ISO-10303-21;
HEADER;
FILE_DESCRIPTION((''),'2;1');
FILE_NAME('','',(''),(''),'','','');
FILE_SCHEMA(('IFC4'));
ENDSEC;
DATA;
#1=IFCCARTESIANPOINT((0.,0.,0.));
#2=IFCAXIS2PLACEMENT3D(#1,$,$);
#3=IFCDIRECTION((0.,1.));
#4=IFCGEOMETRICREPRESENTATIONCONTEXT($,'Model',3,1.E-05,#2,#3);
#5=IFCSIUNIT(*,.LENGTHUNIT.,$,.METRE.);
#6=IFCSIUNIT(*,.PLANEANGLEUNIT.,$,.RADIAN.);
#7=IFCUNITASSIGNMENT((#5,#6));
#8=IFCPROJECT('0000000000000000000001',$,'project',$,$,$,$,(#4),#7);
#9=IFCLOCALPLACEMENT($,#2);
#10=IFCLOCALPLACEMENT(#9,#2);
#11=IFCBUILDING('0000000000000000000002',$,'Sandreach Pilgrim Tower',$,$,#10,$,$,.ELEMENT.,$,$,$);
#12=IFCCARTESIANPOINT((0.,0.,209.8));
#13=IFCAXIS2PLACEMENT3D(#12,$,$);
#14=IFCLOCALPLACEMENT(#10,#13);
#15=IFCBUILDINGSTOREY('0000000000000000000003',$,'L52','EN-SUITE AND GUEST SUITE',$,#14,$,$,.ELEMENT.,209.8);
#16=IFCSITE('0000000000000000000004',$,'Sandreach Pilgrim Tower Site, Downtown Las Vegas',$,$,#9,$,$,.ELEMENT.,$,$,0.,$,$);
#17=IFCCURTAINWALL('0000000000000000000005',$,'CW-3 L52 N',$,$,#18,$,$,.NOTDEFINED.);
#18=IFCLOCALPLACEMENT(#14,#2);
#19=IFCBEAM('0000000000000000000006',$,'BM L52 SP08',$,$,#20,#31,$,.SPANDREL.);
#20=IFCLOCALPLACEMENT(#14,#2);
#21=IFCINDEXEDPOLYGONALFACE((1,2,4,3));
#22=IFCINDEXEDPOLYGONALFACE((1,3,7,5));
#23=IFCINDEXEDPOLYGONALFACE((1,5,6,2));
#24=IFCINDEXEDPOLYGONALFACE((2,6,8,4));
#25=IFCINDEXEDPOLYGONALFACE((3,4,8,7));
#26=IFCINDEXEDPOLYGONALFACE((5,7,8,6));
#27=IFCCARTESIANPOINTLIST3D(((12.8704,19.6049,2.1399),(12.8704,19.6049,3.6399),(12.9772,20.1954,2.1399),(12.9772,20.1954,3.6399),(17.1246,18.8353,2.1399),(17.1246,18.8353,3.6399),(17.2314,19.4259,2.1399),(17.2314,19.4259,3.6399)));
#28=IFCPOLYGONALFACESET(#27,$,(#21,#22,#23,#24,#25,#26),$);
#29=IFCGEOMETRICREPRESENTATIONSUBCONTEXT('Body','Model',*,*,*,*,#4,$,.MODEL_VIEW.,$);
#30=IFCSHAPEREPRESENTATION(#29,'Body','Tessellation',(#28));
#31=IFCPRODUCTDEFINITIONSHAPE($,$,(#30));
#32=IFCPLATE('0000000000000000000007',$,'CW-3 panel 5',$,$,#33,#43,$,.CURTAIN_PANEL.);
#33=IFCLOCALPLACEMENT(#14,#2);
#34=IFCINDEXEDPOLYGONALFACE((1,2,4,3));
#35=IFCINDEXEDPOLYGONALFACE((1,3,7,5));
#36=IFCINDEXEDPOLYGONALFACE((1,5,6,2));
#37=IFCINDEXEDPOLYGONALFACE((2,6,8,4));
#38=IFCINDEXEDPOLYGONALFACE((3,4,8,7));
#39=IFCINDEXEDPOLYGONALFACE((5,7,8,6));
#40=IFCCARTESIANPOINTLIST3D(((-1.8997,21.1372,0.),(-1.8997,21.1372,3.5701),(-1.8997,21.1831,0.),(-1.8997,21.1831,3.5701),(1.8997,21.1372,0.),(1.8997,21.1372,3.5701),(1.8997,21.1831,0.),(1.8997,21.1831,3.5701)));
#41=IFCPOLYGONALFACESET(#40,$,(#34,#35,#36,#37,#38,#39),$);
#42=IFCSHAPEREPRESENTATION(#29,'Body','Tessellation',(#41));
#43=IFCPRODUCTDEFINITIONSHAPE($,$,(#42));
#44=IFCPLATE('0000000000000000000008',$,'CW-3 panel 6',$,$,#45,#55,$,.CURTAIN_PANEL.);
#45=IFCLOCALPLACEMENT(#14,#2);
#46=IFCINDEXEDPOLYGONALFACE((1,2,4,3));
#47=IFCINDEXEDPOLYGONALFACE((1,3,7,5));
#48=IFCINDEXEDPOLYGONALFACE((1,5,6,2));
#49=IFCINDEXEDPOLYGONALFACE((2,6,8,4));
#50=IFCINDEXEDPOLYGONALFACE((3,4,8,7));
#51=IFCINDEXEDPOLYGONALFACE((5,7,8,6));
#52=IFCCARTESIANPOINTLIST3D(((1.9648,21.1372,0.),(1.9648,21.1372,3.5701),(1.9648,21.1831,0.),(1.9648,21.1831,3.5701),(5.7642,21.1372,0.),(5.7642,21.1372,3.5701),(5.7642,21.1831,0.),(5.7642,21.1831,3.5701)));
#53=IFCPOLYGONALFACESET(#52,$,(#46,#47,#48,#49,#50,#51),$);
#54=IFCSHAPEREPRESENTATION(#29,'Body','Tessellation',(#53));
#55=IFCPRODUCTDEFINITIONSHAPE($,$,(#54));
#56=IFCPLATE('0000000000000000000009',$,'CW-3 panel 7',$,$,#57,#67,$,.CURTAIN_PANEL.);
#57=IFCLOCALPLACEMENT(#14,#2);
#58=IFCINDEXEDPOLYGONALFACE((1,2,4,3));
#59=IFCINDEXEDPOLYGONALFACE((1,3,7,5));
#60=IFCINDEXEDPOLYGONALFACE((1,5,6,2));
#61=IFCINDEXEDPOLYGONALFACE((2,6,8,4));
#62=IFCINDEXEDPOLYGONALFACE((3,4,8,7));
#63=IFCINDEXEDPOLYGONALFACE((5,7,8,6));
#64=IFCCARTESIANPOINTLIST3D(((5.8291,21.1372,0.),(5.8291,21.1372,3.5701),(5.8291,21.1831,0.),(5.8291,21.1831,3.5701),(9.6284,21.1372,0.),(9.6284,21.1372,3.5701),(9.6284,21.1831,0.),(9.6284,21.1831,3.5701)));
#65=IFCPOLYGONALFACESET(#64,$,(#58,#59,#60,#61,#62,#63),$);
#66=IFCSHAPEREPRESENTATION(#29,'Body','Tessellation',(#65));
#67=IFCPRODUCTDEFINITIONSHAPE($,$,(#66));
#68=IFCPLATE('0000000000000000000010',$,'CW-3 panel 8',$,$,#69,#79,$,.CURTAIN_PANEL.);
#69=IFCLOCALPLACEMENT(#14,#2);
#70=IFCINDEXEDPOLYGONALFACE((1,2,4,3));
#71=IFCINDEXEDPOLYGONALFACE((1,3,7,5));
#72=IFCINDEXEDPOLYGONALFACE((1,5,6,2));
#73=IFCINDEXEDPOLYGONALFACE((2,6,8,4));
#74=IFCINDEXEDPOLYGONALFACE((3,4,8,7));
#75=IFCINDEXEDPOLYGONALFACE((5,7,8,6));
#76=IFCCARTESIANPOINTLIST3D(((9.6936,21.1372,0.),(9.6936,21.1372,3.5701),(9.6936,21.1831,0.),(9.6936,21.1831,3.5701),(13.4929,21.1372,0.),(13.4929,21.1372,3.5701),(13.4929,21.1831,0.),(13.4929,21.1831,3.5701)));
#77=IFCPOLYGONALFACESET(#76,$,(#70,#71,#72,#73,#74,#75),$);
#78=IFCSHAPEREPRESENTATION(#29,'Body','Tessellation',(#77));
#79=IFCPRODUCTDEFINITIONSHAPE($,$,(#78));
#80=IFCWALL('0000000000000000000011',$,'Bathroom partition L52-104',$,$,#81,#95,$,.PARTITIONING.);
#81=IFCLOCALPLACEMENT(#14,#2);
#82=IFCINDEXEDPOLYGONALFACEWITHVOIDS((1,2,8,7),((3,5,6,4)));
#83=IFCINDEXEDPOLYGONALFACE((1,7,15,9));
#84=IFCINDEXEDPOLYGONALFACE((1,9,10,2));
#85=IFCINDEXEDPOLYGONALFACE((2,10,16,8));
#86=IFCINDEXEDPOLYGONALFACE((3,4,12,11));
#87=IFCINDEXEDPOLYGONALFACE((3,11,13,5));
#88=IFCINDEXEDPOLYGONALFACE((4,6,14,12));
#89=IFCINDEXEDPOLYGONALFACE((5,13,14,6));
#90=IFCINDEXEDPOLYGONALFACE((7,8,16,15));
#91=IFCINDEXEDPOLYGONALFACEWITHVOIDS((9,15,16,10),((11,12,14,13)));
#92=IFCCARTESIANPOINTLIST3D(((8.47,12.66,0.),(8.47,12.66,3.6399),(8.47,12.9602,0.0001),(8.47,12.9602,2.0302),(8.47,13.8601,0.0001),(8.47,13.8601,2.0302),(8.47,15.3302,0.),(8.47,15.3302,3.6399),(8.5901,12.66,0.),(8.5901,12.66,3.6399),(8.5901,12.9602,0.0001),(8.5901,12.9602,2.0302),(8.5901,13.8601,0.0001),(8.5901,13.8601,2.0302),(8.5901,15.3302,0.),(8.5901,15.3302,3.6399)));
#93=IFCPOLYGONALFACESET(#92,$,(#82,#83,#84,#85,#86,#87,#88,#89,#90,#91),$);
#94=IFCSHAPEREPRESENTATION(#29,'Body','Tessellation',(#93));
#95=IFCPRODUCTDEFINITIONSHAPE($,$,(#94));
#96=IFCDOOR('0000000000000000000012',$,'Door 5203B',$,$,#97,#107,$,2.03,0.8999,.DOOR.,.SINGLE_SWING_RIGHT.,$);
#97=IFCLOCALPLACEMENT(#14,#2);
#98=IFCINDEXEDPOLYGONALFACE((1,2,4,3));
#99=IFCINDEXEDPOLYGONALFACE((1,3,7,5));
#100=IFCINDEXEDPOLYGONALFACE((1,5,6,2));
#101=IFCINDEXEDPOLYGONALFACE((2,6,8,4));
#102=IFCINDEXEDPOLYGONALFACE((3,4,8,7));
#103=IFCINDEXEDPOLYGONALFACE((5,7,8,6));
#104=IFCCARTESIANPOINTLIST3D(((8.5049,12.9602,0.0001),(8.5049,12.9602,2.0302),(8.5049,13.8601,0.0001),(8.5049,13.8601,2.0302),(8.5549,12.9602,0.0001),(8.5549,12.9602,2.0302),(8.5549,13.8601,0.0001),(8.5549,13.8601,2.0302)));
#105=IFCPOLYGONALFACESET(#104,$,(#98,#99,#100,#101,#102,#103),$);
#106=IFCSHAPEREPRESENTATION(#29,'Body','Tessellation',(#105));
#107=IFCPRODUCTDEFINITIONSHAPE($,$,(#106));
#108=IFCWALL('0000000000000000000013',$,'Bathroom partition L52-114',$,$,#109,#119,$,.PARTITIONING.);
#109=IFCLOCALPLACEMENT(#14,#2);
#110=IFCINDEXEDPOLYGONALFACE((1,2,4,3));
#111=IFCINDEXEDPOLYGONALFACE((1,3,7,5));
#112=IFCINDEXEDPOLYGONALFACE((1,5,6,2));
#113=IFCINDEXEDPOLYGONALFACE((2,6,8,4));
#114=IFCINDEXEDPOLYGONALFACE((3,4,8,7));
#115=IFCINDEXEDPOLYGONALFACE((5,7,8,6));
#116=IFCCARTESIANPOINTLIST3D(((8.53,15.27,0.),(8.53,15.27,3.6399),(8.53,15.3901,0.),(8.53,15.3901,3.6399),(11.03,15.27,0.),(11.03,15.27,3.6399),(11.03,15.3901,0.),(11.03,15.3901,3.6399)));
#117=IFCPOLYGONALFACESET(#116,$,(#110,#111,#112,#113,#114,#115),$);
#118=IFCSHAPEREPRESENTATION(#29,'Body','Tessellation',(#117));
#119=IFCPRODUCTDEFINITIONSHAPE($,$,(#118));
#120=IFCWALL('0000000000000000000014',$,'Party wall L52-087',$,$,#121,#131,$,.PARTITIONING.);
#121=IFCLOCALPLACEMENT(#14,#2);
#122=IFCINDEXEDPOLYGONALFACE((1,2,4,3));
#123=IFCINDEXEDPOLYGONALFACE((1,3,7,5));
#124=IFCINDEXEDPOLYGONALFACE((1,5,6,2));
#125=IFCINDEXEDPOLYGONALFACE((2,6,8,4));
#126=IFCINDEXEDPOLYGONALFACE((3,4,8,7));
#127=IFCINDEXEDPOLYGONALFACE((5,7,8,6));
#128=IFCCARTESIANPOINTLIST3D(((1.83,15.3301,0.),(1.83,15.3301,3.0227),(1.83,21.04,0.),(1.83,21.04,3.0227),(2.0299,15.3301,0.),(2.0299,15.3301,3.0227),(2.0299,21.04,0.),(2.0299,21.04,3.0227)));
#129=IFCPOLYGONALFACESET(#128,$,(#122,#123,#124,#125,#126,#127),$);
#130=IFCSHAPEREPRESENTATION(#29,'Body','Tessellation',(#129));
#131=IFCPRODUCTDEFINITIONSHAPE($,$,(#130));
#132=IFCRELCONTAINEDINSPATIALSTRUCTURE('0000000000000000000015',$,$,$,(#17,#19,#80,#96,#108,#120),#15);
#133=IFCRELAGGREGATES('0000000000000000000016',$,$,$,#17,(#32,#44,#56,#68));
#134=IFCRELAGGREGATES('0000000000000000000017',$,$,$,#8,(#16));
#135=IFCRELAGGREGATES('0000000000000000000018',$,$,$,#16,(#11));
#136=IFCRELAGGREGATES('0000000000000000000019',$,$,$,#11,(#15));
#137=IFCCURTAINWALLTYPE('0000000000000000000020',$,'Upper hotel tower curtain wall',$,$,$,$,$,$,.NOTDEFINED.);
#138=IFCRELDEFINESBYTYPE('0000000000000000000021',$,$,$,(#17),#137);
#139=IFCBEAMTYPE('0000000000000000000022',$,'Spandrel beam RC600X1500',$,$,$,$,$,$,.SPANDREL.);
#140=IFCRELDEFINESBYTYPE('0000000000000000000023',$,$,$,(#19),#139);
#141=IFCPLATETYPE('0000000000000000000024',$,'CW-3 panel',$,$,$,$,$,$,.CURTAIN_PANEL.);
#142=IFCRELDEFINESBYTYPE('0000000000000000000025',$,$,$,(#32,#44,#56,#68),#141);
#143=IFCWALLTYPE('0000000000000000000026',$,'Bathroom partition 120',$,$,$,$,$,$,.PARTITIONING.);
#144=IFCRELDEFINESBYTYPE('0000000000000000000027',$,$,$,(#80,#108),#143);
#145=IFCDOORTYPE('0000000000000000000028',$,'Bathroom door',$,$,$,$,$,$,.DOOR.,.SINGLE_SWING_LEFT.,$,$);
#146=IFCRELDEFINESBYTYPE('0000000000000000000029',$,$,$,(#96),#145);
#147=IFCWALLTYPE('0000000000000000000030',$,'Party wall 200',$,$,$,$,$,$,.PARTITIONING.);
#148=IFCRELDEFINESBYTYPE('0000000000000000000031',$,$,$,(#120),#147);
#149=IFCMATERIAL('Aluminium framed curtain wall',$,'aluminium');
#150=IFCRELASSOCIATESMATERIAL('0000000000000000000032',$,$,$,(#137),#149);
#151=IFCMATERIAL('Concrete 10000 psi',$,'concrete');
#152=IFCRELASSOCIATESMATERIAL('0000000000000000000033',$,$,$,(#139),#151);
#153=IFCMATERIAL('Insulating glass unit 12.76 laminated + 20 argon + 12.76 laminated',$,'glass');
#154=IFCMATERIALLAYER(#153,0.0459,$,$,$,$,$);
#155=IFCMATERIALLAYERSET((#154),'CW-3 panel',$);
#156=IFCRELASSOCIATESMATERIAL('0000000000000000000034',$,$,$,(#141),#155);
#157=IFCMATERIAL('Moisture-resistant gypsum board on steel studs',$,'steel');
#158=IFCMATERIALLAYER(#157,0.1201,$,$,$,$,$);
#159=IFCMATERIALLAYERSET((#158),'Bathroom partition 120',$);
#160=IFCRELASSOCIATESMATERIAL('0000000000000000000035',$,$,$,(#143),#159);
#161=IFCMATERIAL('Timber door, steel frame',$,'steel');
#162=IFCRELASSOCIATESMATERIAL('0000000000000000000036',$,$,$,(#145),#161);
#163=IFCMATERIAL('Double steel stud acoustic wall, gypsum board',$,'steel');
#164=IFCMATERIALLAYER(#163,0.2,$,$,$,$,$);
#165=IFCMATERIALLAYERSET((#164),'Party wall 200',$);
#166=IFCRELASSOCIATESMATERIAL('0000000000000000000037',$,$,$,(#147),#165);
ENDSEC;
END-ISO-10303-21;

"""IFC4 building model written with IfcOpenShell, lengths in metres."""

from ifc_helpers import new_model, si_unit, direction, frame, frame_2d, origin, origin_2d, place, context, subcontext, project, spatial, rectangle, extrude, material, layer, layer_set, material_profile, profile_set, type_object, element, fill, aggregate, save


model = new_model("IFC4")

# Units and contexts
model_context = context("Model", 3, precision=1e-05, world=origin(), true_north=direction((0.0, 1.0)))
body_context = subcontext(model_context, "Body", "Model", "MODEL_VIEW")
ifc_project = project(units=[si_unit("LENGTHUNIT", "METRE"), si_unit("PLANEANGLEUNIT", "RADIAN")], contexts=[model_context])

# Site, building, storey
site_placement = place(None, origin())
site = spatial("IfcSite", under=ifc_project, at=site_placement, Name="Sandreach Pilgrim Tower Site, Downtown Las Vegas", CompositionType="ELEMENT", RefElevation=0.0)
building_placement = place(site_placement, origin())
building = spatial("IfcBuilding", under=site, at=building_placement, Name="Sandreach Pilgrim Tower", CompositionType="ELEMENT")
storey_placement = place(building_placement, frame((0.0, 0.0, 209.8)))
storey = spatial("IfcBuildingStorey", under=building, at=storey_placement, Name="L52", Description="EN-SUITE AND GUEST SUITE", CompositionType="ELEMENT", Elevation=209.8)

# Curtain wall
ifc_material_1 = material(Name="Aluminium framed curtain wall", Category="aluminium")
curtain_wall_type = type_object("IfcCurtainWallType", Name="Upper hotel tower curtain wall", PredefinedType="NOTDEFINED", material=ifc_material_1)
curtain_wall_placement = place(storey_placement, origin())
curtain_wall = element("IfcCurtainWall", 1, at=curtain_wall_placement, inside=storey, type_object=curtain_wall_type, Name="CW-3 L52 N", PredefinedType="NOTDEFINED")

# Beam
ifc_material_2 = material(Name="Concrete 10000 psi", Category="concrete")
ifc_material_profile_1 = material_profile(ifc_material_2, rectangle(XDim=0.6001, YDim=1.5, at=origin_2d()), Name="RC600X1500")
ifc_profile_set_1 = profile_set([ifc_material_profile_1], Name="Concrete 10000 psi")
beam_type_1 = type_object("IfcBeamType", Name="Spandrel beam RC600X1500", PredefinedType="SPANDREL", material=ifc_profile_set_1)
beam_1_placement = place(storey_placement, frame((12.9238, 19.9001, 2.8899), z_axis=(0.98403, -0.178001, 0.0), x_axis=(0.178001, 0.98403, 0.0)))
element("IfcBeam", 2, at=beam_1_placement, inside=storey, type_object=beam_type_1, Name="BM L52 SP08", PredefinedType="SPANDREL", context=body_context, shape_type="SweptSolid", body=[
    extrude(rectangle(XDim=0.6001, YDim=1.5, at=origin_2d()), origin(), (0.0, 0.0, 1.0), 4.3232),
])

# Plates
ifc_material_3 = material(Name="Insulating glass unit 12.76 laminated + 20 argon + 12.76 laminated", Category="glass")
ifc_layer_1 = layer(ifc_material_3, 0.0459)
ifc_layer_set_1 = layer_set([ifc_layer_1], Name="CW-3 panel")
plate_type = type_object("IfcPlateType", Name="CW-3 panel", PredefinedType="CURTAIN_PANEL", material=ifc_layer_set_1)
plate_1_placement = place(storey_placement, frame((0.0, 21.1602, 0.0), z_axis=(0.0, 0.0, 1.0), x_axis=(1.0, 0.0, 0.0)))
plate_1 = element("IfcPlate", 3, at=plate_1_placement, type_object=plate_type, Name="CW-3 panel 5", PredefinedType="CURTAIN_PANEL", context=body_context, shape_type="SweptSolid", body=[
    extrude(rectangle(XDim=3.7993, YDim=0.0459, at=origin_2d()), origin(), (0.0, 0.0, 1.0), 3.5701),
])
plate_2_placement = place(storey_placement, frame((3.8645, 21.1602, 0.0), z_axis=(0.0, 0.0, 1.0), x_axis=(1.0, 0.0, 0.0)))
plate_2 = element("IfcPlate", 4, at=plate_2_placement, type_object=plate_type, Name="CW-3 panel 6", PredefinedType="CURTAIN_PANEL", context=body_context, shape_type="SweptSolid", body=[
    extrude(rectangle(XDim=3.7993, YDim=0.0459, at=origin_2d()), origin(), (0.0, 0.0, 1.0), 3.5701),
])
plate_3_placement = place(storey_placement, frame((7.7288, 21.1602, 0.0), z_axis=(0.0, 0.0, 1.0), x_axis=(1.0, 0.0, 0.0)))
plate_3 = element("IfcPlate", 5, at=plate_3_placement, type_object=plate_type, Name="CW-3 panel 7", PredefinedType="CURTAIN_PANEL", context=body_context, shape_type="SweptSolid", body=[
    extrude(rectangle(XDim=3.7993, YDim=0.0459, at=origin_2d()), origin(), (0.0, 0.0, 1.0), 3.5701),
])
plate_4_placement = place(storey_placement, frame((11.5933, 21.1602, 0.0), z_axis=(0.0, 0.0, 1.0), x_axis=(1.0, 0.0, 0.0)))
plate_4 = element("IfcPlate", 6, at=plate_4_placement, type_object=plate_type, Name="CW-3 panel 8", PredefinedType="CURTAIN_PANEL", context=body_context, shape_type="SweptSolid", body=[
    extrude(rectangle(XDim=3.7993, YDim=0.0459, at=origin_2d()), origin(), (0.0, 0.0, 1.0), 3.5701),
])
aggregate(curtain_wall, [plate_1, plate_2, plate_3, plate_4])

# Wall, opening, door
ifc_material_4 = material(Name="Moisture-resistant gypsum board on steel studs", Category="steel")
ifc_layer_2 = layer(ifc_material_4, 0.1201)
ifc_layer_set_2 = layer_set([ifc_layer_2], Name="Bathroom partition 120")
wall_type_1 = type_object("IfcWallType", Name="Bathroom partition 120", PredefinedType="PARTITIONING", material=ifc_layer_set_2)
wall_1_placement = place(storey_placement, frame((8.53, 15.3301, 0.0), z_axis=(0.0, 0.0, 1.0), x_axis=(0.0, -1.0, 0.0)))
wall_1 = element("IfcWall", 7, at=wall_1_placement, inside=storey, type_object=wall_type_1, Name="Bathroom partition L52-104", PredefinedType="PARTITIONING", context=body_context, shape_type="SweptSolid", body=[
    extrude(rectangle(XDim=2.6702, YDim=0.1201, at=frame_2d((1.335, 0.0))), origin(), (0.0, 0.0, 1.0), 3.6399),
])
opening_placement = place(wall_1_placement, frame((1.47, 0.0, 0.0)))
opening = element("IfcOpeningElement", 8, at=opening_placement, cuts=wall_1, PredefinedType="OPENING", context=body_context, shape_type="SweptSolid", body=[
    extrude(rectangle(XDim=0.8999, YDim=2.03, at=frame_2d((0.45, 1.0151))), frame((0.0, 0.0601, 0.0), z_axis=(0.0, -1.0, 0.0), x_axis=(1.0, 0.0, 0.0)), (0.0, 0.0, 1.0), 0.1201),
])
ifc_material_5 = material(Name="Timber door, steel frame", Category="steel")
door_type = type_object("IfcDoorType", Name="Bathroom door", OperationType="SINGLE_SWING_LEFT", PredefinedType="DOOR", material=ifc_material_5)
door_placement = place(opening_placement, origin())
door = element("IfcDoor", 9, at=door_placement, inside=storey, type_object=door_type, Name="Door 5203B", OperationType="SINGLE_SWING_RIGHT", OverallHeight=2.03, OverallWidth=0.8999, PredefinedType="DOOR", context=body_context, shape_type="SweptSolid", body=[
    extrude(rectangle(XDim=0.8999, YDim=2.03, at=frame_2d((0.45, 1.0151))), frame((0.0, 0.0249, 0.0), z_axis=(0.0, -1.0, 0.0), x_axis=(1.0, 0.0, 0.0)), (0.0, 0.0, 1.0), 0.05),
])
fill(opening, door)

# Walls
wall_2_placement = place(storey_placement, frame((11.03, 15.3301, 0.0), z_axis=(0.0, 0.0, 1.0), x_axis=(-1.0, 0.0, 0.0)))
element("IfcWall", 10, at=wall_2_placement, inside=storey, type_object=wall_type_1, Name="Bathroom partition L52-114", PredefinedType="PARTITIONING", context=body_context, shape_type="SweptSolid", body=[
    extrude(rectangle(XDim=2.5, YDim=0.1201, at=frame_2d((1.25, 0.0))), origin(), (0.0, 0.0, 1.0), 3.6399),
])
ifc_material_6 = material(Name="Double steel stud acoustic wall, gypsum board", Category="steel")
ifc_layer_3 = layer(ifc_material_6, 0.2)
ifc_layer_set_3 = layer_set([ifc_layer_3], Name="Party wall 200")
wall_type_2 = type_object("IfcWallType", Name="Party wall 200", PredefinedType="PARTITIONING", material=ifc_layer_set_3)
wall_3_placement = place(storey_placement, frame((1.9299, 21.04, 0.0), z_axis=(0.0, 0.0, 1.0), x_axis=(0.0, -1.0, 0.0)))
element("IfcWall", 11, at=wall_3_placement, inside=storey, type_object=wall_type_2, Name="Party wall L52-087", PredefinedType="PARTITIONING", context=body_context, shape_type="SweptSolid", body=[
    extrude(rectangle(XDim=5.71, YDim=0.2, at=frame_2d((2.855, 0.0))), origin(), (0.0, 0.0, 1.0), 3.0227),
])

save(model, "model.ifc")
